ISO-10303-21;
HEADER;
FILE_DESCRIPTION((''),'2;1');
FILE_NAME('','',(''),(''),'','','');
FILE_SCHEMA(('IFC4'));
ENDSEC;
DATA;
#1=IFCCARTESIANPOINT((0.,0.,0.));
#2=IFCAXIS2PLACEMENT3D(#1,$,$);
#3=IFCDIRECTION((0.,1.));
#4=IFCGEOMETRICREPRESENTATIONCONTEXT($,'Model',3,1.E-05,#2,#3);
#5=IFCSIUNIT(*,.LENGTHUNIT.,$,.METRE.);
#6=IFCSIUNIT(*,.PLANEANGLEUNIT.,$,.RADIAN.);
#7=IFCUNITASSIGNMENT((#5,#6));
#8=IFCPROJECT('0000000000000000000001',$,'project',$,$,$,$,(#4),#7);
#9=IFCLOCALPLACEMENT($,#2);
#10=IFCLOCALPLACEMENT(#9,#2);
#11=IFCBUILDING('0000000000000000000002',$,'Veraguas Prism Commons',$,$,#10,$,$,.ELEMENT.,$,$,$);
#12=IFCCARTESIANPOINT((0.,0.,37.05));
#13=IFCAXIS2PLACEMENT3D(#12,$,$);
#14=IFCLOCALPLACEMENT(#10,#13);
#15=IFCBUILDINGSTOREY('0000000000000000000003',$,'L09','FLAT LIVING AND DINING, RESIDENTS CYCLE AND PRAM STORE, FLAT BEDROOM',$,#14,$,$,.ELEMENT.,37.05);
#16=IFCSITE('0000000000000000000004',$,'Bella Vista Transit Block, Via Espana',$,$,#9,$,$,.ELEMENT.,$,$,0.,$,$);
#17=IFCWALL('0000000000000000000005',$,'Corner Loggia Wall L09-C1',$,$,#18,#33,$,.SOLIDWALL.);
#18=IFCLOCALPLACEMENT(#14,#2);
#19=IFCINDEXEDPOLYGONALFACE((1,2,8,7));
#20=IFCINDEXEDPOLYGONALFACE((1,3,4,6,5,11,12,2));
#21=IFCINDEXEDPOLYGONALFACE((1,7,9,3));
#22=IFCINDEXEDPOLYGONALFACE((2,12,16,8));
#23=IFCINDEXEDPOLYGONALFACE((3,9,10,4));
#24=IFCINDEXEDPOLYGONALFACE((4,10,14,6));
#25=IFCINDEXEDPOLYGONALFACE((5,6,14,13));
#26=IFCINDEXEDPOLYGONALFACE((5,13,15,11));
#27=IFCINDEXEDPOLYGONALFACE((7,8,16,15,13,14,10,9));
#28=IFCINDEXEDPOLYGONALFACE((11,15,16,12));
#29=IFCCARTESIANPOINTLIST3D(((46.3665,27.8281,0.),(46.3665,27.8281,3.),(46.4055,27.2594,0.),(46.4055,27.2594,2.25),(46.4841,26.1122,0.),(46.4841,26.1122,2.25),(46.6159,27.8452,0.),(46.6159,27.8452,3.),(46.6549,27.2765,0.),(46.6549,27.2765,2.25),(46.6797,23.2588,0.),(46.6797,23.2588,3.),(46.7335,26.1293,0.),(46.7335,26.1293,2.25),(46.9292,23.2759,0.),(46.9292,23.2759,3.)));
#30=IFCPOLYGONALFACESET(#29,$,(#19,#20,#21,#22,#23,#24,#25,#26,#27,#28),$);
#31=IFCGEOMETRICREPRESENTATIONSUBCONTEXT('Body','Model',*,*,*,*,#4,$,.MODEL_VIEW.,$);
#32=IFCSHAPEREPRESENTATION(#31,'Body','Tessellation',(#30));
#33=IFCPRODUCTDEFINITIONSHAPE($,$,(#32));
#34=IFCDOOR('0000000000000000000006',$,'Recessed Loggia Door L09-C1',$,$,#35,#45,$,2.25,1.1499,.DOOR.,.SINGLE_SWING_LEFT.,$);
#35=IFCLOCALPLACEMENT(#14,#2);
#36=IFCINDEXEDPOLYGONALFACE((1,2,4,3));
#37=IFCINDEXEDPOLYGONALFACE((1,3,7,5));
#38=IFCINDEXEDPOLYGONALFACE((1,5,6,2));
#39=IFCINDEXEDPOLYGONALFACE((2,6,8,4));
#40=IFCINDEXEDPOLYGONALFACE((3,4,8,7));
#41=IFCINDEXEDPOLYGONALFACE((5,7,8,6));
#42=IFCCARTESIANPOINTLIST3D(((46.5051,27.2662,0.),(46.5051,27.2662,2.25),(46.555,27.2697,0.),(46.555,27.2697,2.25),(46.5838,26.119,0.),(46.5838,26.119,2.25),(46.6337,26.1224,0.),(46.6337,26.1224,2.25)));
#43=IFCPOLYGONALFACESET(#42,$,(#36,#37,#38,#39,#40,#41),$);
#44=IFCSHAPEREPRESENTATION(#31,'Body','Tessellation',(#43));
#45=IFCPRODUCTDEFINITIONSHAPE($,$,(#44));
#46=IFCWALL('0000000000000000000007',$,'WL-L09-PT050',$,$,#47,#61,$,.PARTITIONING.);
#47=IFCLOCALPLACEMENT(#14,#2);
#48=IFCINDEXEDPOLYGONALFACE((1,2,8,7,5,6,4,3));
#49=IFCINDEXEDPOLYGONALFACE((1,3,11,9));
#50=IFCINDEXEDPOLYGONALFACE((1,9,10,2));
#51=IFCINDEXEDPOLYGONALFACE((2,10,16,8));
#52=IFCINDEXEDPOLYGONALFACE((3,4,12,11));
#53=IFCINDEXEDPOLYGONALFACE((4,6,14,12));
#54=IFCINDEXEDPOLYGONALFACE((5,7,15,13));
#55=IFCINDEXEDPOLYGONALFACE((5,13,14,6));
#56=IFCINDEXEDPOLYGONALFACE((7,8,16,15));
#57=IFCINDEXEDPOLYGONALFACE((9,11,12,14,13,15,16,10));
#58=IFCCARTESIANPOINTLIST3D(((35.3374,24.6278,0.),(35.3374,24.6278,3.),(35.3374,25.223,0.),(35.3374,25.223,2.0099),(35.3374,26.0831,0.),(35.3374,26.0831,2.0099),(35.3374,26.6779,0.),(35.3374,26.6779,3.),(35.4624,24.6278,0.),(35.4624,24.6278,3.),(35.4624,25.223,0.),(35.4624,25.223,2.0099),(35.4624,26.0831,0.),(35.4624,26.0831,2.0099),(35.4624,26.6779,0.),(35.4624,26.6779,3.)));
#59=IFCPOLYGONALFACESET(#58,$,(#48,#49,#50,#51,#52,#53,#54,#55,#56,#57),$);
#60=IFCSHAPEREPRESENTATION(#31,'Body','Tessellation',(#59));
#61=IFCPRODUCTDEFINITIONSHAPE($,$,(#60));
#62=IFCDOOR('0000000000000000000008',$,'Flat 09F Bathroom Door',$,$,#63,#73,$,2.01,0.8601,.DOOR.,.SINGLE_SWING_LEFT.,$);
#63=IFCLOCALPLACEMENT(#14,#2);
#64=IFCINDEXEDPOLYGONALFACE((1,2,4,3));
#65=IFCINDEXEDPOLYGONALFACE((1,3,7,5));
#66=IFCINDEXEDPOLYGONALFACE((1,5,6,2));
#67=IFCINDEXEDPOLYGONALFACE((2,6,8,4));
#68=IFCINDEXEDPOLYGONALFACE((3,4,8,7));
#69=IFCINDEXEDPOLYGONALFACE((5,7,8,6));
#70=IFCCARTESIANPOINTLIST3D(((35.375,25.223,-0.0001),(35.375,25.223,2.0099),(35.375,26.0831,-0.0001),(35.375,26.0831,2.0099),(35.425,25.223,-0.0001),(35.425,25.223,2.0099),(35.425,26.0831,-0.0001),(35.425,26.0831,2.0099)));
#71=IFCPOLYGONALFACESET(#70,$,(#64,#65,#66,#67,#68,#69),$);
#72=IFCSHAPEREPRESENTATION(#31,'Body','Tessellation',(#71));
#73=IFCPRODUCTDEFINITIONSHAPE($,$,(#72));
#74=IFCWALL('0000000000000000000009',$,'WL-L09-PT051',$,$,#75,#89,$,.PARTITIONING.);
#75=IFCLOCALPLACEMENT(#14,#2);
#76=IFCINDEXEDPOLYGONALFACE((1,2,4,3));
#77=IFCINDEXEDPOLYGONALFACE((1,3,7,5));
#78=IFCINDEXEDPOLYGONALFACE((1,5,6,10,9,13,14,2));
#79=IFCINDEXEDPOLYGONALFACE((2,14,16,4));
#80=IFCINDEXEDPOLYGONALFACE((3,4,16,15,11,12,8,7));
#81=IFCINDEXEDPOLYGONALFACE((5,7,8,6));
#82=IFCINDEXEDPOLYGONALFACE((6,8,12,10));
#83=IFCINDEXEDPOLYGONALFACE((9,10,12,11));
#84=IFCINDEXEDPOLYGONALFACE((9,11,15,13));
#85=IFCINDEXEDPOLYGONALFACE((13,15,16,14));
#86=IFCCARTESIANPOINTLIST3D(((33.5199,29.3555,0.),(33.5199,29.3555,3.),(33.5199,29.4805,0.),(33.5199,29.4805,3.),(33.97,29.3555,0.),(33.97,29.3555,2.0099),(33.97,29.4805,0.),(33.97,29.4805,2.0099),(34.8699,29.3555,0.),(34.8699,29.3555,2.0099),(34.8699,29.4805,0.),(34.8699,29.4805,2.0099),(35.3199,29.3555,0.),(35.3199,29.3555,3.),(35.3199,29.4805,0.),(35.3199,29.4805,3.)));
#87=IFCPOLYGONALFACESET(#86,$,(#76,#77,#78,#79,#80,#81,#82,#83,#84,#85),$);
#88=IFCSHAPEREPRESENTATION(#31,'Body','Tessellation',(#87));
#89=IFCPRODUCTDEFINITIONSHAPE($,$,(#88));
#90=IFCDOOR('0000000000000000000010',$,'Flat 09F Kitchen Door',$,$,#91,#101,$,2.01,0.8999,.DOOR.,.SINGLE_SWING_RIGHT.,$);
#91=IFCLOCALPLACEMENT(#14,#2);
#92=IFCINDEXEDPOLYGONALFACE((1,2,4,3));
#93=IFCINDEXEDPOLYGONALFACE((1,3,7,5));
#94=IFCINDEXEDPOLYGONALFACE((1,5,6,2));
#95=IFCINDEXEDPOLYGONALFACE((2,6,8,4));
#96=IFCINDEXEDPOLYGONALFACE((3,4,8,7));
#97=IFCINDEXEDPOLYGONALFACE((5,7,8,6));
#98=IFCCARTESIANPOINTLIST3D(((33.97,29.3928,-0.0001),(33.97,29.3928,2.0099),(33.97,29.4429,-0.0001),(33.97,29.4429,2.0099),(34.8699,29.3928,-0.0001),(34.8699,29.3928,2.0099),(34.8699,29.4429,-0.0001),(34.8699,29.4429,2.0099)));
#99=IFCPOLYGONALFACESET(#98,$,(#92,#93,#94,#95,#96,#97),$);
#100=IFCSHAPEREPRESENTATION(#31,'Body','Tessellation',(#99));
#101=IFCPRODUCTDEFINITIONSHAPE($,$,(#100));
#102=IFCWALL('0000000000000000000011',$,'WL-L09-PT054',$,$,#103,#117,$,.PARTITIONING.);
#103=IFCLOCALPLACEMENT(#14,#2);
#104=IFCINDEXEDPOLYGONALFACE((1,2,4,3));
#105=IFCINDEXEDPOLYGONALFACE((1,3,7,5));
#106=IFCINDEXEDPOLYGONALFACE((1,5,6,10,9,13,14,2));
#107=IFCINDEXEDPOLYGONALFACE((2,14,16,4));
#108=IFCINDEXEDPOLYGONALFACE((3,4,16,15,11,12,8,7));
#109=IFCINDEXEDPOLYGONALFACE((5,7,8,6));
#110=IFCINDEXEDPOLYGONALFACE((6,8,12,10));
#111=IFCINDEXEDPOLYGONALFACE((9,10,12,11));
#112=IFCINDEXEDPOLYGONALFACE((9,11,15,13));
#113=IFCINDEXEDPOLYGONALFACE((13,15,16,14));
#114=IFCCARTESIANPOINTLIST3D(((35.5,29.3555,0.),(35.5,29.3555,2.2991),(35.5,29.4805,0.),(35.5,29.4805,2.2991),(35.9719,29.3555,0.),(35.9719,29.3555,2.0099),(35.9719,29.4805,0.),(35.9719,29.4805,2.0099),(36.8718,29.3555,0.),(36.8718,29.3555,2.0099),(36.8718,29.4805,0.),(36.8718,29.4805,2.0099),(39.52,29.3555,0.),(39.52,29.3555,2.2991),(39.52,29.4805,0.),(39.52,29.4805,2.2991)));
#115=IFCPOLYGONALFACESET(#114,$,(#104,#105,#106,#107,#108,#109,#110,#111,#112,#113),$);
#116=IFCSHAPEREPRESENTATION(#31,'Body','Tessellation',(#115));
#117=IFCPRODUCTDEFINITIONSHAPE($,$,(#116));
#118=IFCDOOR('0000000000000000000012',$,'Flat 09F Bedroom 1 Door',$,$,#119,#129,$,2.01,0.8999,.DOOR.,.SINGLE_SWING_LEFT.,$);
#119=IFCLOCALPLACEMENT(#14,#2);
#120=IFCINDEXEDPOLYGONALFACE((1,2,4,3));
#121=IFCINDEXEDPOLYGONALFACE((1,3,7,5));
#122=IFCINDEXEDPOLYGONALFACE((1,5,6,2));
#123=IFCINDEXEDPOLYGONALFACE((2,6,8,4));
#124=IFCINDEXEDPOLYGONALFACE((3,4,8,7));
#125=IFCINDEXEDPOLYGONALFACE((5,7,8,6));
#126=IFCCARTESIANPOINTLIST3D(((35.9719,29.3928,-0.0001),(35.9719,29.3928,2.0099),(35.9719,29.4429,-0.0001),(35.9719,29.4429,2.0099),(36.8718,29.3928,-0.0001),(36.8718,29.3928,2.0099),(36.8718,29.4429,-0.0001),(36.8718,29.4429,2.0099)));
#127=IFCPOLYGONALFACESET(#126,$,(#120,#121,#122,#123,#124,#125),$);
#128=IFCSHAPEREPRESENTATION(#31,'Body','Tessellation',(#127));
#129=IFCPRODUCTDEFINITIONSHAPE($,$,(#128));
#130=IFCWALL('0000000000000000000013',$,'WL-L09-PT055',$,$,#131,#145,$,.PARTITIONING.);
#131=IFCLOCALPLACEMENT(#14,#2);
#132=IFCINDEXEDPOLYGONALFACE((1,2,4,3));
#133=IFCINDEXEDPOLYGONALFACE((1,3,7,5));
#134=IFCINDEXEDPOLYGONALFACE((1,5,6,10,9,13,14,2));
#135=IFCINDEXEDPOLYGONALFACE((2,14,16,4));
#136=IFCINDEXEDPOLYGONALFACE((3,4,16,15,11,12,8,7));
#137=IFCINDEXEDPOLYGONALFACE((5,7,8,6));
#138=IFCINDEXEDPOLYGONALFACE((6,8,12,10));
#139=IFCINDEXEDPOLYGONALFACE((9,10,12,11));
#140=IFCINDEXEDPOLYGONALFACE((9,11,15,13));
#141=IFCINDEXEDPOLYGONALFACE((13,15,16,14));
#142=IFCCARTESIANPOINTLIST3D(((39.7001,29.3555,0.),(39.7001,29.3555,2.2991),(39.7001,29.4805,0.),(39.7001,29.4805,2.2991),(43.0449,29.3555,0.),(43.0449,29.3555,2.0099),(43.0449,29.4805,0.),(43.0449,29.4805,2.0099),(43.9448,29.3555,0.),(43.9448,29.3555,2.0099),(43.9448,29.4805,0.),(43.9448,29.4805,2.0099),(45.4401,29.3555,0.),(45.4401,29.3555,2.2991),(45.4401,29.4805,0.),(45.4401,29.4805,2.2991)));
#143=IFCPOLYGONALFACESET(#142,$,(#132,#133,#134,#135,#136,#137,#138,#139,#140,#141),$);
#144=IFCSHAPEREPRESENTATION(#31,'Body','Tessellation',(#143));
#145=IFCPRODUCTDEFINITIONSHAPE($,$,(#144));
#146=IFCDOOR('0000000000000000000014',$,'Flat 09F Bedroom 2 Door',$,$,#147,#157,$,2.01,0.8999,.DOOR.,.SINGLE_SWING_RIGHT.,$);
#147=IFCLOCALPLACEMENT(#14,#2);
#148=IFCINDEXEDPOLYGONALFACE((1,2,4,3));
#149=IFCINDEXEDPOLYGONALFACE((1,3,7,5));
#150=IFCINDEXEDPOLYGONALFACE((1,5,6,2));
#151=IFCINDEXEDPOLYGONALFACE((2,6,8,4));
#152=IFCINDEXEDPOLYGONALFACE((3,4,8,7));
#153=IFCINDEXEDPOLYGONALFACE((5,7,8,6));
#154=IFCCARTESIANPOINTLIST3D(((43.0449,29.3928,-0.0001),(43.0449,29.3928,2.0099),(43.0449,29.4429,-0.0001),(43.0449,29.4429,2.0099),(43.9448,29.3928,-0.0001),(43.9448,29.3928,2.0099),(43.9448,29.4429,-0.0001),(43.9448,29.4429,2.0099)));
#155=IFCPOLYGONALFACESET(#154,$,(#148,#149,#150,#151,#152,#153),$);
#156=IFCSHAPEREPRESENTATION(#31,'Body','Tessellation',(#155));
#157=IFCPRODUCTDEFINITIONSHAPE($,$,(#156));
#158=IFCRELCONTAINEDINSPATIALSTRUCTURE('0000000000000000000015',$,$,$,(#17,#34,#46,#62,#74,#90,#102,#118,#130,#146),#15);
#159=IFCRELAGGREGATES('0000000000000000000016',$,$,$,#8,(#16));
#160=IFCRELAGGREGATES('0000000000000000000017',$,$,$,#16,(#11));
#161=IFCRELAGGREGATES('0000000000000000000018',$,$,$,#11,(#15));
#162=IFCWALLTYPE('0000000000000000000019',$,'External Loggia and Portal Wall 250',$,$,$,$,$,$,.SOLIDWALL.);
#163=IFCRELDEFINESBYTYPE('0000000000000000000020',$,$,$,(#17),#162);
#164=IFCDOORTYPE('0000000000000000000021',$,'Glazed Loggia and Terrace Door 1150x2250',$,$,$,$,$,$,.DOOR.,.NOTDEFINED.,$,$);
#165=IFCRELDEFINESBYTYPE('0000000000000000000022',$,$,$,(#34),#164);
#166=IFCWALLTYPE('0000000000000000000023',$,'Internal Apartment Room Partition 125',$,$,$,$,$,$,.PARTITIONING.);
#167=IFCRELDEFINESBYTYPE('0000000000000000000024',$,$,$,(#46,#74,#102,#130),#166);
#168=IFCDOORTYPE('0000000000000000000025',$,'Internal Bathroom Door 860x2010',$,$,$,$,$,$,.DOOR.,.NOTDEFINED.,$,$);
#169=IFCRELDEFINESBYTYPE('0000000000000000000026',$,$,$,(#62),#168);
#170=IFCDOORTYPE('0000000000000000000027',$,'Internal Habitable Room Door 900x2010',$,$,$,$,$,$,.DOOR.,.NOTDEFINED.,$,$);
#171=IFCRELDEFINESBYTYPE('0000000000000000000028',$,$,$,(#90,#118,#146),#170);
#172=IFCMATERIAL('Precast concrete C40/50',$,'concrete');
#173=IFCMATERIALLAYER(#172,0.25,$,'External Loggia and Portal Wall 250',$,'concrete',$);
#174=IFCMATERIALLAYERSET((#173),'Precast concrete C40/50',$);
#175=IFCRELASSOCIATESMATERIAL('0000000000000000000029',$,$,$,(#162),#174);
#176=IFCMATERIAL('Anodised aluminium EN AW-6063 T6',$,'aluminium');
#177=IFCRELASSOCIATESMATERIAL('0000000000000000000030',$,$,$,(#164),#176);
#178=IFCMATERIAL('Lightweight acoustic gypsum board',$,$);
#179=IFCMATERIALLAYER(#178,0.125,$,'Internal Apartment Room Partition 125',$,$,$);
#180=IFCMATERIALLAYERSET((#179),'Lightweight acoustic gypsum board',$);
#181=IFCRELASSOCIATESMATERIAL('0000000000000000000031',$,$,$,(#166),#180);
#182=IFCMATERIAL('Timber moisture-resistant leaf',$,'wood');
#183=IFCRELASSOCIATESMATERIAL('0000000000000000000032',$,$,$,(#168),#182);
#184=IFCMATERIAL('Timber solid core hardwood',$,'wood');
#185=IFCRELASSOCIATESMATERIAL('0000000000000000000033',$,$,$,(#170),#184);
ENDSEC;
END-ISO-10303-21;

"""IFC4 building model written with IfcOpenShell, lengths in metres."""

from ifc_helpers import new_model, si_unit, direction, frame, frame_2d, origin, place, context, subcontext, project, spatial, rectangle, extrude, source, transform, mapped, material, layer, layer_set, type_object, element, fill, save


model = new_model("IFC4")

# Units and contexts
model_context = context("Model", 3, precision=1e-05, world=origin(), true_north=direction((0.0, 1.0)))
body_context = subcontext(model_context, "Body", "Model", "MODEL_VIEW")
ifc_project = project(units=[si_unit("LENGTHUNIT", "METRE"), si_unit("PLANEANGLEUNIT", "RADIAN")], contexts=[model_context])

# Site, building, storey
site_placement = place(None, origin())
site = spatial("IfcSite", under=ifc_project, at=site_placement, Name="Bella Vista Transit Block, Via Espana", CompositionType="ELEMENT", RefElevation=0.0)
building_placement = place(site_placement, origin())
building = spatial("IfcBuilding", under=site, at=building_placement, Name="Veraguas Prism Commons", CompositionType="ELEMENT")
storey_placement = place(building_placement, frame((0.0, 0.0, 37.05)))
storey = spatial("IfcBuildingStorey", under=building, at=storey_placement, Name="L09", Description="FLAT LIVING AND DINING, RESIDENTS CYCLE AND PRAM STORE, FLAT BEDROOM", CompositionType="ELEMENT", Elevation=37.05)

# Shared definitions
ifc_material_1 = material(Name="Anodised aluminium EN AW-6063 T6", Category="aluminium")

# Walls, openings, doors
ifc_material_2 = material(Name="Precast concrete C40/50", Category="concrete")
ifc_layer_1 = layer(ifc_material_2, 0.25, Name="External Loggia and Portal Wall 250", Category="concrete")
ifc_layer_set_1 = layer_set([ifc_layer_1], Name="Precast concrete C40/50")
wall_type_1 = type_object("IfcWallType", Name="External Loggia and Portal Wall 250", PredefinedType="SOLIDWALL", material=ifc_layer_set_1)
wall_1_placement = place(storey_placement, frame((46.8044, 23.2673, 0.0), z_axis=(0.0, 0.0, 1.0), x_axis=(-0.06839, 0.997659, 0.0)))
wall_1 = element("IfcWall", 1, at=wall_1_placement, inside=storey, type_object=wall_type_1, Name="Corner Loggia Wall L09-C1", PredefinedType="SOLIDWALL", context=body_context, shape_type="SweptSolid", body=[
    extrude(rectangle(XDim=4.5801, YDim=0.25, at=frame_2d((2.29, 0.0))), origin(), (0.0, 0.0, 1.0), 3.0),
])
opening_1_placement = place(wall_1_placement, frame((2.8601, 0.0, 0.0)))
opening_1 = element("IfcOpeningElement", 2, at=opening_1_placement, cuts=wall_1, PredefinedType="OPENING", context=body_context, shape_type="SweptSolid", body=[
    extrude(rectangle(XDim=1.1499, YDim=2.25, at=frame_2d((0.575, 1.125))), frame((0.0, 0.135, 0.0), z_axis=(0.0, -1.0, 0.0), x_axis=(1.0, 0.0, 0.0)), (0.0, 0.0, 1.0), 0.27),
])
door_type_1 = type_object("IfcDoorType", Name="Glazed Loggia and Terrace Door 1150x2250", OperationType="NOTDEFINED", PredefinedType="DOOR", material=ifc_material_1)
shared_shape_1 = source(origin(), body_context, "Body", "SweptSolid", [
    extrude(rectangle(XDim=1.1499, YDim=2.25, at=frame_2d((0.575, 1.125))), frame((0.0, 0.0249, 0.0), z_axis=(0.0, -1.0, 0.0), x_axis=(1.0, 0.0, 0.0)), (0.0, 0.0, 1.0), 0.05),
])
door_1_placement = place(opening_1_placement, frame((1.1499, 0.0, 0.0), z_axis=(0.0, 0.0, 1.0), x_axis=(-1.0, 0.0, 0.0)))
door_1 = element("IfcDoor", 3, at=door_1_placement, inside=storey, type_object=door_type_1, Name="Recessed Loggia Door L09-C1", OperationType="SINGLE_SWING_LEFT", OverallHeight=2.25, OverallWidth=1.1499, PredefinedType="DOOR", context=body_context, shape_type="MappedRepresentation", body=[
    mapped(shared_shape_1, transform((0.0, 0.0, 0.0), scale=1.0)),
])
fill(opening_1, door_1)
ifc_material_3 = material(Name="Lightweight acoustic gypsum board")
ifc_layer_2 = layer(ifc_material_3, 0.125, Name="Internal Apartment Room Partition 125")
ifc_layer_set_2 = layer_set([ifc_layer_2], Name="Lightweight acoustic gypsum board")
wall_type_2 = type_object("IfcWallType", Name="Internal Apartment Room Partition 125", PredefinedType="PARTITIONING", material=ifc_layer_set_2)
wall_2_placement = place(storey_placement, frame((35.3999, 24.6279, 0.0), z_axis=(0.0, 0.0, 1.0), x_axis=(0.0, 1.0, 0.0)))
wall_2 = element("IfcWall", 4, at=wall_2_placement, inside=storey, type_object=wall_type_2, Name="WL-L09-PT050", PredefinedType="PARTITIONING", context=body_context, shape_type="SweptSolid", body=[
    extrude(rectangle(XDim=2.05, YDim=0.125, at=frame_2d((1.0249, 0.0))), origin(), (0.0, 0.0, 1.0), 3.0),
])
opening_2_placement = place(wall_2_placement, frame((0.595, 0.0, 0.0)))
opening_2 = element("IfcOpeningElement", 5, at=opening_2_placement, cuts=wall_2, PredefinedType="OPENING", context=body_context, shape_type="SweptSolid", body=[
    extrude(rectangle(XDim=0.8601, YDim=2.01, at=frame_2d((0.4302, 1.0049))), frame((0.0, 0.0725, 0.0), z_axis=(0.0, -1.0, 0.0), x_axis=(1.0, 0.0, 0.0)), (0.0, 0.0, 1.0), 0.145),
])
ifc_material_4 = material(Name="Timber moisture-resistant leaf", Category="wood")
door_type_2 = type_object("IfcDoorType", Name="Internal Bathroom Door 860x2010", OperationType="NOTDEFINED", PredefinedType="DOOR", material=ifc_material_4)
shared_shape_2 = source(origin(), body_context, "Body", "SweptSolid", [
    extrude(rectangle(XDim=0.8601, YDim=2.01, at=frame_2d((0.4302, 1.0049))), frame((0.0, 0.0249, 0.0), z_axis=(0.0, -1.0, 0.0), x_axis=(1.0, 0.0, 0.0)), (0.0, 0.0, 1.0), 0.05),
])
door_2_placement = place(opening_2_placement, origin())
door_2 = element("IfcDoor", 6, at=door_2_placement, inside=storey, type_object=door_type_2, Name="Flat 09F Bathroom Door", OperationType="SINGLE_SWING_LEFT", OverallHeight=2.01, OverallWidth=0.8601, PredefinedType="DOOR", context=body_context, shape_type="MappedRepresentation", body=[
    mapped(shared_shape_2, transform((0.0, 0.0, 0.0), scale=1.0)),
])
fill(opening_2, door_2)
wall_3_placement = place(storey_placement, frame((33.52, 29.418, 0.0), z_axis=(0.0, 0.0, 1.0), x_axis=(1.0, 0.0, 0.0)))
wall_3 = element("IfcWall", 7, at=wall_3_placement, inside=storey, type_object=wall_type_2, Name="WL-L09-PT051", PredefinedType="PARTITIONING", context=body_context, shape_type="SweptSolid", body=[
    extrude(rectangle(XDim=1.8, YDim=0.125, at=frame_2d((0.8999, 0.0))), origin(), (0.0, 0.0, 1.0), 3.0),
])
opening_3_placement = place(wall_3_placement, frame((0.45, 0.0, 0.0)))
opening_3 = element("IfcOpeningElement", 8, at=opening_3_placement, cuts=wall_3, PredefinedType="OPENING", context=body_context, shape_type="SweptSolid", body=[
    extrude(rectangle(XDim=0.8999, YDim=2.01, at=frame_2d((0.45, 1.0049))), frame((0.0, 0.0725, 0.0), z_axis=(0.0, -1.0, 0.0), x_axis=(1.0, 0.0, 0.0)), (0.0, 0.0, 1.0), 0.145),
])
ifc_material_5 = material(Name="Timber solid core hardwood", Category="wood")
door_type_3 = type_object("IfcDoorType", Name="Internal Habitable Room Door 900x2010", OperationType="NOTDEFINED", PredefinedType="DOOR", material=ifc_material_5)
shared_shape_3 = source(origin(), body_context, "Body", "SweptSolid", [
    extrude(rectangle(XDim=0.8999, YDim=2.01, at=frame_2d((0.45, 1.0049))), frame((0.0, 0.0249, 0.0), z_axis=(0.0, -1.0, 0.0), x_axis=(1.0, 0.0, 0.0)), (0.0, 0.0, 1.0), 0.05),
])
door_3_placement = place(opening_3_placement, origin())
door_3 = element("IfcDoor", 9, at=door_3_placement, inside=storey, type_object=door_type_3, Name="Flat 09F Kitchen Door", OperationType="SINGLE_SWING_RIGHT", OverallHeight=2.01, OverallWidth=0.8999, PredefinedType="DOOR", context=body_context, shape_type="MappedRepresentation", body=[
    mapped(shared_shape_3, transform((0.0, 0.0, 0.0), scale=1.0)),
])
fill(opening_3, door_3)
wall_4_placement = place(storey_placement, frame((35.5, 29.418, 0.0), z_axis=(0.0, 0.0, 1.0), x_axis=(1.0, 0.0, 0.0)))
wall_4 = element("IfcWall", 10, at=wall_4_placement, inside=storey, type_object=wall_type_2, Name="WL-L09-PT054", PredefinedType="PARTITIONING", context=body_context, shape_type="SweptSolid", body=[
    extrude(rectangle(XDim=4.02, YDim=0.125, at=frame_2d((2.01, 0.0))), origin(), (0.0, 0.0, 1.0), 2.2991),
])
opening_4_placement = place(wall_4_placement, frame((0.4719, 0.0, 0.0)))
opening_4 = element("IfcOpeningElement", 11, at=opening_4_placement, cuts=wall_4, PredefinedType="OPENING", context=body_context, shape_type="SweptSolid", body=[
    extrude(rectangle(XDim=0.8999, YDim=2.01, at=frame_2d((0.45, 1.0049))), frame((0.0, 0.0725, 0.0), z_axis=(0.0, -1.0, 0.0), x_axis=(1.0, 0.0, 0.0)), (0.0, 0.0, 1.0), 0.145),
])
door_4_placement = place(opening_4_placement, origin())
door_4 = element("IfcDoor", 12, at=door_4_placement, inside=storey, type_object=door_type_3, Name="Flat 09F Bedroom 1 Door", OperationType="SINGLE_SWING_LEFT", OverallHeight=2.01, OverallWidth=0.8999, PredefinedType="DOOR", context=body_context, shape_type="MappedRepresentation", body=[
    mapped(shared_shape_3, transform((0.0, 0.0, 0.0), scale=1.0)),
])
fill(opening_4, door_4)
wall_5_placement = place(storey_placement, frame((39.7, 29.418, 0.0), z_axis=(0.0, 0.0, 1.0), x_axis=(1.0, 0.0, 0.0)))
wall_5 = element("IfcWall", 13, at=wall_5_placement, inside=storey, type_object=wall_type_2, Name="WL-L09-PT055", PredefinedType="PARTITIONING", context=body_context, shape_type="SweptSolid", body=[
    extrude(rectangle(XDim=5.74, YDim=0.125, at=frame_2d((2.8701, 0.0))), origin(), (0.0, 0.0, 1.0), 2.2991),
])
opening_5_placement = place(wall_5_placement, frame((3.345, 0.0, 0.0)))
opening_5 = element("IfcOpeningElement", 14, at=opening_5_placement, cuts=wall_5, PredefinedType="OPENING", context=body_context, shape_type="SweptSolid", body=[
    extrude(rectangle(XDim=0.8999, YDim=2.01, at=frame_2d((0.45, 1.0049))), frame((0.0, 0.0725, 0.0), z_axis=(0.0, -1.0, 0.0), x_axis=(1.0, 0.0, 0.0)), (0.0, 0.0, 1.0), 0.145),
])
door_5_placement = place(opening_5_placement, origin())
door_5 = element("IfcDoor", 15, at=door_5_placement, inside=storey, type_object=door_type_3, Name="Flat 09F Bedroom 2 Door", OperationType="SINGLE_SWING_RIGHT", OverallHeight=2.01, OverallWidth=0.8999, PredefinedType="DOOR", context=body_context, shape_type="MappedRepresentation", body=[
    mapped(shared_shape_3, transform((0.0, 0.0, 0.0), scale=1.0)),
])
fill(opening_5, door_5)

save(model, "model.ifc")
